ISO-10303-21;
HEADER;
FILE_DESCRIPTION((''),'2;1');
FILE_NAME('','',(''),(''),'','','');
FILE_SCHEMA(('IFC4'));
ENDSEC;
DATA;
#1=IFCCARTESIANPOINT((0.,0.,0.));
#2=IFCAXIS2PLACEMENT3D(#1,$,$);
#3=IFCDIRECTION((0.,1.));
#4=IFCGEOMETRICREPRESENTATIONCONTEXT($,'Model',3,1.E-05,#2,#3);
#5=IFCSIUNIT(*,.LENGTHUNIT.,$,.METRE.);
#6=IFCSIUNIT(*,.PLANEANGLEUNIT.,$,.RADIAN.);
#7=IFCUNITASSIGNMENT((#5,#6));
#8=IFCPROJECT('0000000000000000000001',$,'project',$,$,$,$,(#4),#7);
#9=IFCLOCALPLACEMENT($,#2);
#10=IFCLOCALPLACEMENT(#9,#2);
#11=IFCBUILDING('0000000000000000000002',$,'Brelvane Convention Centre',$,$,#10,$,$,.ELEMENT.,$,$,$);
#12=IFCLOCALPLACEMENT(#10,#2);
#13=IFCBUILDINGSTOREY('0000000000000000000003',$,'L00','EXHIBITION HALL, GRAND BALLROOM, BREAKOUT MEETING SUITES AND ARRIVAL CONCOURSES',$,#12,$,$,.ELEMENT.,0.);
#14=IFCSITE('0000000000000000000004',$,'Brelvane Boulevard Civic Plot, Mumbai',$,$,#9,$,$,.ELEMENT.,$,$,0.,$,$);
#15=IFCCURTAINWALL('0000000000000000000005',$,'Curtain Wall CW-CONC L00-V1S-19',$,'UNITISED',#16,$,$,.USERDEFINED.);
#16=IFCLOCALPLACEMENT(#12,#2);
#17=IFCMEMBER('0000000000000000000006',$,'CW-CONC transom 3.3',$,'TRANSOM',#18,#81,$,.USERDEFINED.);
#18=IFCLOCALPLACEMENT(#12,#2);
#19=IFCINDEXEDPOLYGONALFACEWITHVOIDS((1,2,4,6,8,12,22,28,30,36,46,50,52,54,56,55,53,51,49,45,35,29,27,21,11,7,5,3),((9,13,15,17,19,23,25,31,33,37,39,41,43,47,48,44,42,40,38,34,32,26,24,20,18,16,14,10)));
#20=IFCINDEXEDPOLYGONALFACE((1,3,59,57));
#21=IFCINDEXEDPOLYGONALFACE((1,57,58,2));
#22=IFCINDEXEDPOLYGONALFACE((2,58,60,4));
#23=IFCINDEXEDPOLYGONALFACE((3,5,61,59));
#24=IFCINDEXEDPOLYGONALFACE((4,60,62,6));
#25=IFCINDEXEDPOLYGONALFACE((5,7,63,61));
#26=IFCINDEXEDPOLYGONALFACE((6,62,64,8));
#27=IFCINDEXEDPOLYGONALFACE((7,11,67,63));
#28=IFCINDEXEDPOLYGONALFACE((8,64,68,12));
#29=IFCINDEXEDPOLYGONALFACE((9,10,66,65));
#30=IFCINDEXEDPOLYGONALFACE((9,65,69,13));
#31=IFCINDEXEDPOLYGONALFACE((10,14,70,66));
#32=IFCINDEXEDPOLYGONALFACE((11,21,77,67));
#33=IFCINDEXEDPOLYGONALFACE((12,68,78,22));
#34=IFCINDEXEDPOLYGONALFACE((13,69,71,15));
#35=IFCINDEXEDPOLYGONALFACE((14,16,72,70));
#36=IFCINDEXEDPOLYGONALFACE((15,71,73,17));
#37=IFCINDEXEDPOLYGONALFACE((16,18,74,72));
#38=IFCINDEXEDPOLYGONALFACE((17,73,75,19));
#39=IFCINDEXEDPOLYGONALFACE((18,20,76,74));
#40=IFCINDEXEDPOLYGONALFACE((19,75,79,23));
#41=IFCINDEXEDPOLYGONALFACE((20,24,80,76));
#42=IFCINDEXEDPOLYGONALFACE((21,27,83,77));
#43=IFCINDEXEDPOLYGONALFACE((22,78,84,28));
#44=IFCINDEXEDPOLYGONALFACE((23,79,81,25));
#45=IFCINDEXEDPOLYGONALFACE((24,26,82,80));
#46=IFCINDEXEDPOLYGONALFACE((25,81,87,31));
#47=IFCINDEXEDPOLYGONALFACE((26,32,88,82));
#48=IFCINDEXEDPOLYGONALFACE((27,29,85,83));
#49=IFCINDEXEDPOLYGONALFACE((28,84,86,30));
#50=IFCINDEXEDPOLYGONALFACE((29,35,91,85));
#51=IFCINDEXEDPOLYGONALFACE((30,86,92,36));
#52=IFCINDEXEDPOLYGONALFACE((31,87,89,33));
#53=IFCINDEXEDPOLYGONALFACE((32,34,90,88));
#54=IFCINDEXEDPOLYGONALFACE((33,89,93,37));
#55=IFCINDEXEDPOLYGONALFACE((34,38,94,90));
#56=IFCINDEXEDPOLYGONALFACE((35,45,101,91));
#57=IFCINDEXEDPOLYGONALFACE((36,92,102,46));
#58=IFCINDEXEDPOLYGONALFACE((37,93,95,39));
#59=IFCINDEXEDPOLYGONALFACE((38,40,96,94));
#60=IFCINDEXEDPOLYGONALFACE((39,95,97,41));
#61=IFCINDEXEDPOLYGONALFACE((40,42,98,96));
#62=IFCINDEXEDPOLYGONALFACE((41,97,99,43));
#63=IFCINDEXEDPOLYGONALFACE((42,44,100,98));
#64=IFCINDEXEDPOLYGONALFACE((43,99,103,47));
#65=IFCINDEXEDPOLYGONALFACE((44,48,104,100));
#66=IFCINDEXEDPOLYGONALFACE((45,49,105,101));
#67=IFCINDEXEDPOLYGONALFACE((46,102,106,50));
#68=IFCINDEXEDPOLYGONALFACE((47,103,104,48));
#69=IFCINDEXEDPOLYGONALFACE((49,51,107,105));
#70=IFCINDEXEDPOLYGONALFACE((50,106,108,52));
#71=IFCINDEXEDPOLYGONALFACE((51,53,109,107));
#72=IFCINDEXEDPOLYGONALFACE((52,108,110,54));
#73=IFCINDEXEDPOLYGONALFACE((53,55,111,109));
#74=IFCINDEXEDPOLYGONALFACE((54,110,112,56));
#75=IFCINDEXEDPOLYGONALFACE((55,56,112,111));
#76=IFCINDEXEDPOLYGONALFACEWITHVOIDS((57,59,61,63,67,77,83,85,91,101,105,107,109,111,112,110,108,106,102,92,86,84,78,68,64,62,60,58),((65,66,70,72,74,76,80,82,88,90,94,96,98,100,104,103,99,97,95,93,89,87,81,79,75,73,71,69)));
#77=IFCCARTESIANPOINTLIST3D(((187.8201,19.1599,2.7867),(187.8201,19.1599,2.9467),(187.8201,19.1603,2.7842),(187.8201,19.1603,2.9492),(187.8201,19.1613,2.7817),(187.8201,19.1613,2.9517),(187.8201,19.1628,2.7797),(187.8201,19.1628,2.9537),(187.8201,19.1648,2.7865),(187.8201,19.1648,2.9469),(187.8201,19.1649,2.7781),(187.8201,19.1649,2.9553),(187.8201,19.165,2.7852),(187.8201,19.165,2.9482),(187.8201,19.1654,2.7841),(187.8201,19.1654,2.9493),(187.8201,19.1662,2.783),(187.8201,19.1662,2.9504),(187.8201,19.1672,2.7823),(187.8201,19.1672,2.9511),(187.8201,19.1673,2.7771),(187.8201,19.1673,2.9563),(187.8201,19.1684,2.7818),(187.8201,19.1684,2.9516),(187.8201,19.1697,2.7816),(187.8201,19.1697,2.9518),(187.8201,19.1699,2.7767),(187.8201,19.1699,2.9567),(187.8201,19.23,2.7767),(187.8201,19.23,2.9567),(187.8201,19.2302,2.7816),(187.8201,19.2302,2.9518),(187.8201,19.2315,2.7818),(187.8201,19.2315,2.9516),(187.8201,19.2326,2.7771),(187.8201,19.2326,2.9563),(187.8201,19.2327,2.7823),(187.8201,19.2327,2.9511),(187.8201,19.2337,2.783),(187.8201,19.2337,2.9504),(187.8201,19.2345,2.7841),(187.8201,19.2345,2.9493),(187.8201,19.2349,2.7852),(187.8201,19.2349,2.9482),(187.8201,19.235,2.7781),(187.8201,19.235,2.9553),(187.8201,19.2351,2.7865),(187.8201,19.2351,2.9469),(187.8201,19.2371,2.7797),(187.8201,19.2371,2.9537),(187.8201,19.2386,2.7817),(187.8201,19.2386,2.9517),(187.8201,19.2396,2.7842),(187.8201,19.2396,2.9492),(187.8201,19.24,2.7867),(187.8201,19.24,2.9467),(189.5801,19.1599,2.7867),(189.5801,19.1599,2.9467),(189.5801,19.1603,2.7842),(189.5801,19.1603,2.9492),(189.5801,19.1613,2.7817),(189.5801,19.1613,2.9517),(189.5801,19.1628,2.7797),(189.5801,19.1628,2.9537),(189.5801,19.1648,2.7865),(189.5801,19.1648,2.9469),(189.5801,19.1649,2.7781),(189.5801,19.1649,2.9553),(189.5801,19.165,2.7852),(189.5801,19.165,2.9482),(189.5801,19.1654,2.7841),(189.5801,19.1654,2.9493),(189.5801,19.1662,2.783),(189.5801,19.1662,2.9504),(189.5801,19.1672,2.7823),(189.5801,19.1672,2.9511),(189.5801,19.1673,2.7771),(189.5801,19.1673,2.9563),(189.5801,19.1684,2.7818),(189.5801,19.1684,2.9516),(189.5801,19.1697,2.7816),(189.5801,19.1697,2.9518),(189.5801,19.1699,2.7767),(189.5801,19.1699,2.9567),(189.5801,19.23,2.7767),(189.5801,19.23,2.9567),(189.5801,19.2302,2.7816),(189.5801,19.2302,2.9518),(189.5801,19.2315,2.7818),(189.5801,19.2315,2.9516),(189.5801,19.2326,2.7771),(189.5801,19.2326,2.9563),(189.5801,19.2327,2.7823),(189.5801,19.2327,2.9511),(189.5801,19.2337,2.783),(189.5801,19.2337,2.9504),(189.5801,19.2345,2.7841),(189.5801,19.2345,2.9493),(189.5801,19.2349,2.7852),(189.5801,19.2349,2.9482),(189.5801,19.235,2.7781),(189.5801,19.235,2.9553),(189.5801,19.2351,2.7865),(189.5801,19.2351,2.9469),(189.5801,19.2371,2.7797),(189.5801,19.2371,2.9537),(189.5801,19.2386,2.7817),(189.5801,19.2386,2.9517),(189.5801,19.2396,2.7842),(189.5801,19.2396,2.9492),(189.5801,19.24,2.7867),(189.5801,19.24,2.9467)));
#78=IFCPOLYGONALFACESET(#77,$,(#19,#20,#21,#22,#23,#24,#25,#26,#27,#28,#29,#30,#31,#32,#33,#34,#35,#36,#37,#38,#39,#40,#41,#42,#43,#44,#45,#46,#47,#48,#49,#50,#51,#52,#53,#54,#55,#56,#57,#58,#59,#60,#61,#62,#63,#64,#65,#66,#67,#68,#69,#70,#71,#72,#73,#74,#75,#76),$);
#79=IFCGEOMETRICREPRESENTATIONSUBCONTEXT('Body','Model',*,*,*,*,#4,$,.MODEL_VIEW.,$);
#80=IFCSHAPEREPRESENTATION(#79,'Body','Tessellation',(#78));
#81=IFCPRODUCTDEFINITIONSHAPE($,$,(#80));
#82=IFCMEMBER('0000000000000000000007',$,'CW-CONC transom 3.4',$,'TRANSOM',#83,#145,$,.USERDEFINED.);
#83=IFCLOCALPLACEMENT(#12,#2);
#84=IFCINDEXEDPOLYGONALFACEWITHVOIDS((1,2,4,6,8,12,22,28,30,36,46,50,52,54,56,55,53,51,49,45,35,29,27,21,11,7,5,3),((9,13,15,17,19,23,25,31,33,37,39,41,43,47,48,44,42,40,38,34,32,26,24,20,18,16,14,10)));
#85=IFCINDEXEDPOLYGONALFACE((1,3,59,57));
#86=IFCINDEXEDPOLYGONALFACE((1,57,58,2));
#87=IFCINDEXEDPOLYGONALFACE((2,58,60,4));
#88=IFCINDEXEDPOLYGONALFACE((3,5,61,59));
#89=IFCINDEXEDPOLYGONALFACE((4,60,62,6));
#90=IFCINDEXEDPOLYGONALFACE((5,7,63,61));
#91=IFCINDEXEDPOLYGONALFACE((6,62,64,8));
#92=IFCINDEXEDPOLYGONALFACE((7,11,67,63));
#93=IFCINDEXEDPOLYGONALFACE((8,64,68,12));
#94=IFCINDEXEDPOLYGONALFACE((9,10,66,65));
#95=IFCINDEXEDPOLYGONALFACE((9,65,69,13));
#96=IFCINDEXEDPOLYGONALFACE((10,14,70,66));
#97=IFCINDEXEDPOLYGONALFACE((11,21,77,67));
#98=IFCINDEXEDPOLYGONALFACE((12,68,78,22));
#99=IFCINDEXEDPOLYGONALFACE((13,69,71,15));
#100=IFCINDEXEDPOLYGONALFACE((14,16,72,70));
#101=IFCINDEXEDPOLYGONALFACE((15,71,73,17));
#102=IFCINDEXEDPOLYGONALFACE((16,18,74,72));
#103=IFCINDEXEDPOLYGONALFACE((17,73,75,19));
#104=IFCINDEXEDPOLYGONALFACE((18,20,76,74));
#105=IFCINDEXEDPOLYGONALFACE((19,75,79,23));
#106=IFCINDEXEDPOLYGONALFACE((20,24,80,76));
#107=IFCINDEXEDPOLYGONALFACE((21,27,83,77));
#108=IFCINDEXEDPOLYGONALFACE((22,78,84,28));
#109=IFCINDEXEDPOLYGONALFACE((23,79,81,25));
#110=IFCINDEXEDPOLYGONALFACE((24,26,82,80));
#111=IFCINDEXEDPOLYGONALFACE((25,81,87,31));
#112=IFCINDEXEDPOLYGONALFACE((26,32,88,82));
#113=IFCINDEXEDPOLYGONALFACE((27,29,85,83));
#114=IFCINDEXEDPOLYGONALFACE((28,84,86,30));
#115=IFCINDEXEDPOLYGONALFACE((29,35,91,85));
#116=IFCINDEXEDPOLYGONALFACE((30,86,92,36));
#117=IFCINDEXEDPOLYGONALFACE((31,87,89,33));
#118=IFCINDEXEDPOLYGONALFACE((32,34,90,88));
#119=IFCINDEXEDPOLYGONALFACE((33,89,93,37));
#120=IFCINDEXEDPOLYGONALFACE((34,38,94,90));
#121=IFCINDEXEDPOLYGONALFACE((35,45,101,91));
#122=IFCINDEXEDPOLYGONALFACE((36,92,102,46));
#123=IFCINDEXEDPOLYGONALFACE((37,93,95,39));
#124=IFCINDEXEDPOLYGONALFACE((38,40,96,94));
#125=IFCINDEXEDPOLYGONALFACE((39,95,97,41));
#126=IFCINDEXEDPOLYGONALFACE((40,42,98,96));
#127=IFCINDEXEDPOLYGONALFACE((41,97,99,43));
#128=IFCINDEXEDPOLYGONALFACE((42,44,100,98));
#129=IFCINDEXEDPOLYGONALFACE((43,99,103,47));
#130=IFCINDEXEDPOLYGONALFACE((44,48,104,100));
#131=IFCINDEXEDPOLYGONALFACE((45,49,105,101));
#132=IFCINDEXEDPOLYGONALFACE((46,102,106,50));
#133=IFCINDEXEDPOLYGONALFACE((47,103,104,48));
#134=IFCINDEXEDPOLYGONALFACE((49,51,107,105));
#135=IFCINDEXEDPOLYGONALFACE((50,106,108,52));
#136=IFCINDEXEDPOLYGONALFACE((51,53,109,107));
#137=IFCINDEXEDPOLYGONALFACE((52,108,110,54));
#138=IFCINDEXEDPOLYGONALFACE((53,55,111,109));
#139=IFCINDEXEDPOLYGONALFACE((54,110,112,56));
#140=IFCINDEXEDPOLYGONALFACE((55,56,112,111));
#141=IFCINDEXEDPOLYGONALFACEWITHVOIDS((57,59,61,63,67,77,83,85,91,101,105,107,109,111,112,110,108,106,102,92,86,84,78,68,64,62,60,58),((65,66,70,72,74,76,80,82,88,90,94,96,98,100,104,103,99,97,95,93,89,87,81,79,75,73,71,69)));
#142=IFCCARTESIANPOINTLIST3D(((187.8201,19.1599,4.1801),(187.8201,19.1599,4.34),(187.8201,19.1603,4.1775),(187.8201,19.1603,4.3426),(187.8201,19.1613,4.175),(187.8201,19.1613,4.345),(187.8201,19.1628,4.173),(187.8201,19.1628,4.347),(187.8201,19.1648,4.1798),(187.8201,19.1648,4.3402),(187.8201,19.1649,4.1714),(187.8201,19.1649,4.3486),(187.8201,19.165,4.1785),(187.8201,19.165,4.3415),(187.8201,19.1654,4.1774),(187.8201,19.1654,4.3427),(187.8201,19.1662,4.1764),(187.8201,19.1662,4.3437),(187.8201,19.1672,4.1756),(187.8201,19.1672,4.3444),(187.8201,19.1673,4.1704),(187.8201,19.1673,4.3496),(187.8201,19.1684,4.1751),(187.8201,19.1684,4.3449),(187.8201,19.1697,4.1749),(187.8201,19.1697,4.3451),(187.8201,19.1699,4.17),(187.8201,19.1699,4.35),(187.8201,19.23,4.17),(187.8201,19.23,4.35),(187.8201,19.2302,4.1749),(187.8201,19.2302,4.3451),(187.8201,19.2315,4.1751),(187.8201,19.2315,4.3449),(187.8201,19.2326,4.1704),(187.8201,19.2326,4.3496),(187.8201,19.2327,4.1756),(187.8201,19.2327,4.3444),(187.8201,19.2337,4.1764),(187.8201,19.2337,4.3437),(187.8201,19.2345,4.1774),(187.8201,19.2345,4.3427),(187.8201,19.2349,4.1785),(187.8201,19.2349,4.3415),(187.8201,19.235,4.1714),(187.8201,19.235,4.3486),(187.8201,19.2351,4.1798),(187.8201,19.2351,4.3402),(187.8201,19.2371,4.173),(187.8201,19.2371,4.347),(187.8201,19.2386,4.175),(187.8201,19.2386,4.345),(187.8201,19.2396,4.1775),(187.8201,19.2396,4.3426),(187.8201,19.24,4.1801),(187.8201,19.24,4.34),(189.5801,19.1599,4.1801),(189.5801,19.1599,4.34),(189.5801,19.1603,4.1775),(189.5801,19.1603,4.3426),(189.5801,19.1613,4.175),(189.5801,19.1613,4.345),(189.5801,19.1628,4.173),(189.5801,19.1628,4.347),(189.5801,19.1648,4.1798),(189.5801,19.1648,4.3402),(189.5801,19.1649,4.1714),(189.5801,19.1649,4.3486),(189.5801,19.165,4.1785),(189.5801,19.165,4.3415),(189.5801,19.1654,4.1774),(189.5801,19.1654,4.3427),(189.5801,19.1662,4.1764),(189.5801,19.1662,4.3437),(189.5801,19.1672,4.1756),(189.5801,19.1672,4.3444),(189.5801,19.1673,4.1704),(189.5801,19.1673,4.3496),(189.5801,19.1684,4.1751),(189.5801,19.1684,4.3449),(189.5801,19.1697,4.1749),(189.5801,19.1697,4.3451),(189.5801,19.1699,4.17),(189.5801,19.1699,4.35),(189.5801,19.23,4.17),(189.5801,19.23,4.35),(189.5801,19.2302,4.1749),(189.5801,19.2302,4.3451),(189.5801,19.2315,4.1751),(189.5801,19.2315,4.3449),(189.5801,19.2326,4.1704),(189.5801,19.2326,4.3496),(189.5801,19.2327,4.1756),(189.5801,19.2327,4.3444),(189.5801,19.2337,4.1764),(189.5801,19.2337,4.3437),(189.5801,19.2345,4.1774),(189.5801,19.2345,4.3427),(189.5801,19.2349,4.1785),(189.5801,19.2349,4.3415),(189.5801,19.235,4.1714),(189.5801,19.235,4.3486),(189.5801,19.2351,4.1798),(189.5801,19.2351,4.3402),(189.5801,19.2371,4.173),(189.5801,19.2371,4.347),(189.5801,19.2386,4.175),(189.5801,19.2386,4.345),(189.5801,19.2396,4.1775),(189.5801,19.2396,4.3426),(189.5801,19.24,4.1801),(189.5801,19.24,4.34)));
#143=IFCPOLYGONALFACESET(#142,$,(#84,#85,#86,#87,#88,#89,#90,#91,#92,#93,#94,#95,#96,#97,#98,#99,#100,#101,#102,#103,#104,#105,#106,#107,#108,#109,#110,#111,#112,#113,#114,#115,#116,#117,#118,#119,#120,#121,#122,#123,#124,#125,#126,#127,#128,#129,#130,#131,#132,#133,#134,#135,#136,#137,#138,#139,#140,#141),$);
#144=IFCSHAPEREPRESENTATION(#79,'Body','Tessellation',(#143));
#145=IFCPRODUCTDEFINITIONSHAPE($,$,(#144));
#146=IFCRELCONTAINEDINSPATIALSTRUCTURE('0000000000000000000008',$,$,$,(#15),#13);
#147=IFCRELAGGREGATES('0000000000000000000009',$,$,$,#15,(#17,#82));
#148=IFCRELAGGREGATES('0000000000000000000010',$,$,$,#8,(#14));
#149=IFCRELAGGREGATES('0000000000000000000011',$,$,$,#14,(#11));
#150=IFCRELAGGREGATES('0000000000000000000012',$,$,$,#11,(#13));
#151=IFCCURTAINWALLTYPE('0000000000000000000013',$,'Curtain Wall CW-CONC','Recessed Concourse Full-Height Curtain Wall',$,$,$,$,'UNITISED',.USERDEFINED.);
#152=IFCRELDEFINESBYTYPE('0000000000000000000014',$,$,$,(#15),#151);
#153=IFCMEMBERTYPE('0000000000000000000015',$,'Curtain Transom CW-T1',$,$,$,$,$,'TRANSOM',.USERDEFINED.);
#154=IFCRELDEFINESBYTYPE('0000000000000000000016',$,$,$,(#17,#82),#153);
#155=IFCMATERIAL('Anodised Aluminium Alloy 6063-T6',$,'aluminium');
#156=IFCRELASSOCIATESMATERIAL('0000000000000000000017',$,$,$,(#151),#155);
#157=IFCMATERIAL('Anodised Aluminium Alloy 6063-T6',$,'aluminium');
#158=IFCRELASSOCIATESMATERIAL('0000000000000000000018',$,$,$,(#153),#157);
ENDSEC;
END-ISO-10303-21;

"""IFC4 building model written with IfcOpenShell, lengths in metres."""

from ifc_helpers import new_model, si_unit, direction, frame, origin, origin_2d, place, context, subcontext, project, spatial, hollow_rectangle, extrude, material, material_profile, profile_set, type_object, element, aggregate, save


model = new_model("IFC4")

# Units and contexts
model_context = context("Model", 3, precision=1e-05, world=origin(), true_north=direction((0.0, 1.0)))
body_context = subcontext(model_context, "Body", "Model", "MODEL_VIEW")
ifc_project = project(units=[si_unit("LENGTHUNIT", "METRE"), si_unit("PLANEANGLEUNIT", "RADIAN")], contexts=[model_context])

# Site, building, storey
site_placement = place(None, origin())
site = spatial("IfcSite", under=ifc_project, at=site_placement, Name="Brelvane Boulevard Civic Plot, Mumbai", CompositionType="ELEMENT", RefElevation=0.0)
building_placement = place(site_placement, origin())
building = spatial("IfcBuilding", under=site, at=building_placement, Name="Brelvane Convention Centre", CompositionType="ELEMENT")
storey_placement = place(building_placement, origin())
storey = spatial("IfcBuildingStorey", under=building, at=storey_placement, Name="L00", Description="EXHIBITION HALL, GRAND BALLROOM, BREAKOUT MEETING SUITES AND ARRIVAL CONCOURSES", CompositionType="ELEMENT", Elevation=0.0)

# Curtain wall, members
ifc_material_1 = material(Name="Anodised Aluminium Alloy 6063-T6", Category="aluminium")
curtain_wall_type = type_object("IfcCurtainWallType", Name="Curtain Wall CW-CONC", Description="Recessed Concourse Full-Height Curtain Wall", ElementType="UNITISED", PredefinedType="USERDEFINED", material=ifc_material_1)
curtain_wall_placement = place(storey_placement, origin())
curtain_wall = element("IfcCurtainWall", 1, at=curtain_wall_placement, inside=storey, type_object=curtain_wall_type, Name="Curtain Wall CW-CONC L00-V1S-19", ObjectType="UNITISED", PredefinedType="USERDEFINED")
ifc_material_2 = material(Name="Anodised Aluminium Alloy 6063-T6", Category="aluminium")
ifc_material_profile_1 = material_profile(ifc_material_2, hollow_rectangle(XDim=0.0801, YDim=0.1799, WallThickness=0.0049, InnerFilletRadius=0.0049, OuterFilletRadius=0.01, at=origin_2d()), Name="ALU-T 180x80x5.0")
ifc_profile_set_1 = profile_set([ifc_material_profile_1], Name="Anodised Aluminium Alloy 6063-T6")
member_type_1 = type_object("IfcMemberType", Name="Curtain Transom CW-T1", ElementType="TRANSOM", PredefinedType="USERDEFINED", material=ifc_profile_set_1)
member_1_placement = place(storey_placement, frame((187.8201, 19.2, 2.8667), z_axis=(1.0, 0.0, 0.0), x_axis=(0.0, 1.0, 0.0)))
member_1 = element("IfcMember", 2, at=member_1_placement, type_object=member_type_1, Name="CW-CONC transom 3.3", ObjectType="TRANSOM", PredefinedType="USERDEFINED", context=body_context, shape_type="SweptSolid", body=[
    extrude(hollow_rectangle(XDim=0.0801, YDim=0.1799, WallThickness=0.0049, InnerFilletRadius=0.0049, OuterFilletRadius=0.01, at=origin_2d()), origin(), (0.0, 0.0, 1.0), 1.76),
])
member_2_placement = place(storey_placement, frame((187.8201, 19.2, 4.26), z_axis=(1.0, 0.0, 0.0), x_axis=(0.0, 1.0, 0.0)))
member_2 = element("IfcMember", 3, at=member_2_placement, type_object=member_type_1, Name="CW-CONC transom 3.4", ObjectType="TRANSOM", PredefinedType="USERDEFINED", context=body_context, shape_type="SweptSolid", body=[
    extrude(hollow_rectangle(XDim=0.0801, YDim=0.1799, WallThickness=0.0049, InnerFilletRadius=0.0049, OuterFilletRadius=0.01, at=origin_2d()), origin(), (0.0, 0.0, 1.0), 1.76),
])
aggregate(curtain_wall, [member_1, member_2])

save(model, "model.ifc")
